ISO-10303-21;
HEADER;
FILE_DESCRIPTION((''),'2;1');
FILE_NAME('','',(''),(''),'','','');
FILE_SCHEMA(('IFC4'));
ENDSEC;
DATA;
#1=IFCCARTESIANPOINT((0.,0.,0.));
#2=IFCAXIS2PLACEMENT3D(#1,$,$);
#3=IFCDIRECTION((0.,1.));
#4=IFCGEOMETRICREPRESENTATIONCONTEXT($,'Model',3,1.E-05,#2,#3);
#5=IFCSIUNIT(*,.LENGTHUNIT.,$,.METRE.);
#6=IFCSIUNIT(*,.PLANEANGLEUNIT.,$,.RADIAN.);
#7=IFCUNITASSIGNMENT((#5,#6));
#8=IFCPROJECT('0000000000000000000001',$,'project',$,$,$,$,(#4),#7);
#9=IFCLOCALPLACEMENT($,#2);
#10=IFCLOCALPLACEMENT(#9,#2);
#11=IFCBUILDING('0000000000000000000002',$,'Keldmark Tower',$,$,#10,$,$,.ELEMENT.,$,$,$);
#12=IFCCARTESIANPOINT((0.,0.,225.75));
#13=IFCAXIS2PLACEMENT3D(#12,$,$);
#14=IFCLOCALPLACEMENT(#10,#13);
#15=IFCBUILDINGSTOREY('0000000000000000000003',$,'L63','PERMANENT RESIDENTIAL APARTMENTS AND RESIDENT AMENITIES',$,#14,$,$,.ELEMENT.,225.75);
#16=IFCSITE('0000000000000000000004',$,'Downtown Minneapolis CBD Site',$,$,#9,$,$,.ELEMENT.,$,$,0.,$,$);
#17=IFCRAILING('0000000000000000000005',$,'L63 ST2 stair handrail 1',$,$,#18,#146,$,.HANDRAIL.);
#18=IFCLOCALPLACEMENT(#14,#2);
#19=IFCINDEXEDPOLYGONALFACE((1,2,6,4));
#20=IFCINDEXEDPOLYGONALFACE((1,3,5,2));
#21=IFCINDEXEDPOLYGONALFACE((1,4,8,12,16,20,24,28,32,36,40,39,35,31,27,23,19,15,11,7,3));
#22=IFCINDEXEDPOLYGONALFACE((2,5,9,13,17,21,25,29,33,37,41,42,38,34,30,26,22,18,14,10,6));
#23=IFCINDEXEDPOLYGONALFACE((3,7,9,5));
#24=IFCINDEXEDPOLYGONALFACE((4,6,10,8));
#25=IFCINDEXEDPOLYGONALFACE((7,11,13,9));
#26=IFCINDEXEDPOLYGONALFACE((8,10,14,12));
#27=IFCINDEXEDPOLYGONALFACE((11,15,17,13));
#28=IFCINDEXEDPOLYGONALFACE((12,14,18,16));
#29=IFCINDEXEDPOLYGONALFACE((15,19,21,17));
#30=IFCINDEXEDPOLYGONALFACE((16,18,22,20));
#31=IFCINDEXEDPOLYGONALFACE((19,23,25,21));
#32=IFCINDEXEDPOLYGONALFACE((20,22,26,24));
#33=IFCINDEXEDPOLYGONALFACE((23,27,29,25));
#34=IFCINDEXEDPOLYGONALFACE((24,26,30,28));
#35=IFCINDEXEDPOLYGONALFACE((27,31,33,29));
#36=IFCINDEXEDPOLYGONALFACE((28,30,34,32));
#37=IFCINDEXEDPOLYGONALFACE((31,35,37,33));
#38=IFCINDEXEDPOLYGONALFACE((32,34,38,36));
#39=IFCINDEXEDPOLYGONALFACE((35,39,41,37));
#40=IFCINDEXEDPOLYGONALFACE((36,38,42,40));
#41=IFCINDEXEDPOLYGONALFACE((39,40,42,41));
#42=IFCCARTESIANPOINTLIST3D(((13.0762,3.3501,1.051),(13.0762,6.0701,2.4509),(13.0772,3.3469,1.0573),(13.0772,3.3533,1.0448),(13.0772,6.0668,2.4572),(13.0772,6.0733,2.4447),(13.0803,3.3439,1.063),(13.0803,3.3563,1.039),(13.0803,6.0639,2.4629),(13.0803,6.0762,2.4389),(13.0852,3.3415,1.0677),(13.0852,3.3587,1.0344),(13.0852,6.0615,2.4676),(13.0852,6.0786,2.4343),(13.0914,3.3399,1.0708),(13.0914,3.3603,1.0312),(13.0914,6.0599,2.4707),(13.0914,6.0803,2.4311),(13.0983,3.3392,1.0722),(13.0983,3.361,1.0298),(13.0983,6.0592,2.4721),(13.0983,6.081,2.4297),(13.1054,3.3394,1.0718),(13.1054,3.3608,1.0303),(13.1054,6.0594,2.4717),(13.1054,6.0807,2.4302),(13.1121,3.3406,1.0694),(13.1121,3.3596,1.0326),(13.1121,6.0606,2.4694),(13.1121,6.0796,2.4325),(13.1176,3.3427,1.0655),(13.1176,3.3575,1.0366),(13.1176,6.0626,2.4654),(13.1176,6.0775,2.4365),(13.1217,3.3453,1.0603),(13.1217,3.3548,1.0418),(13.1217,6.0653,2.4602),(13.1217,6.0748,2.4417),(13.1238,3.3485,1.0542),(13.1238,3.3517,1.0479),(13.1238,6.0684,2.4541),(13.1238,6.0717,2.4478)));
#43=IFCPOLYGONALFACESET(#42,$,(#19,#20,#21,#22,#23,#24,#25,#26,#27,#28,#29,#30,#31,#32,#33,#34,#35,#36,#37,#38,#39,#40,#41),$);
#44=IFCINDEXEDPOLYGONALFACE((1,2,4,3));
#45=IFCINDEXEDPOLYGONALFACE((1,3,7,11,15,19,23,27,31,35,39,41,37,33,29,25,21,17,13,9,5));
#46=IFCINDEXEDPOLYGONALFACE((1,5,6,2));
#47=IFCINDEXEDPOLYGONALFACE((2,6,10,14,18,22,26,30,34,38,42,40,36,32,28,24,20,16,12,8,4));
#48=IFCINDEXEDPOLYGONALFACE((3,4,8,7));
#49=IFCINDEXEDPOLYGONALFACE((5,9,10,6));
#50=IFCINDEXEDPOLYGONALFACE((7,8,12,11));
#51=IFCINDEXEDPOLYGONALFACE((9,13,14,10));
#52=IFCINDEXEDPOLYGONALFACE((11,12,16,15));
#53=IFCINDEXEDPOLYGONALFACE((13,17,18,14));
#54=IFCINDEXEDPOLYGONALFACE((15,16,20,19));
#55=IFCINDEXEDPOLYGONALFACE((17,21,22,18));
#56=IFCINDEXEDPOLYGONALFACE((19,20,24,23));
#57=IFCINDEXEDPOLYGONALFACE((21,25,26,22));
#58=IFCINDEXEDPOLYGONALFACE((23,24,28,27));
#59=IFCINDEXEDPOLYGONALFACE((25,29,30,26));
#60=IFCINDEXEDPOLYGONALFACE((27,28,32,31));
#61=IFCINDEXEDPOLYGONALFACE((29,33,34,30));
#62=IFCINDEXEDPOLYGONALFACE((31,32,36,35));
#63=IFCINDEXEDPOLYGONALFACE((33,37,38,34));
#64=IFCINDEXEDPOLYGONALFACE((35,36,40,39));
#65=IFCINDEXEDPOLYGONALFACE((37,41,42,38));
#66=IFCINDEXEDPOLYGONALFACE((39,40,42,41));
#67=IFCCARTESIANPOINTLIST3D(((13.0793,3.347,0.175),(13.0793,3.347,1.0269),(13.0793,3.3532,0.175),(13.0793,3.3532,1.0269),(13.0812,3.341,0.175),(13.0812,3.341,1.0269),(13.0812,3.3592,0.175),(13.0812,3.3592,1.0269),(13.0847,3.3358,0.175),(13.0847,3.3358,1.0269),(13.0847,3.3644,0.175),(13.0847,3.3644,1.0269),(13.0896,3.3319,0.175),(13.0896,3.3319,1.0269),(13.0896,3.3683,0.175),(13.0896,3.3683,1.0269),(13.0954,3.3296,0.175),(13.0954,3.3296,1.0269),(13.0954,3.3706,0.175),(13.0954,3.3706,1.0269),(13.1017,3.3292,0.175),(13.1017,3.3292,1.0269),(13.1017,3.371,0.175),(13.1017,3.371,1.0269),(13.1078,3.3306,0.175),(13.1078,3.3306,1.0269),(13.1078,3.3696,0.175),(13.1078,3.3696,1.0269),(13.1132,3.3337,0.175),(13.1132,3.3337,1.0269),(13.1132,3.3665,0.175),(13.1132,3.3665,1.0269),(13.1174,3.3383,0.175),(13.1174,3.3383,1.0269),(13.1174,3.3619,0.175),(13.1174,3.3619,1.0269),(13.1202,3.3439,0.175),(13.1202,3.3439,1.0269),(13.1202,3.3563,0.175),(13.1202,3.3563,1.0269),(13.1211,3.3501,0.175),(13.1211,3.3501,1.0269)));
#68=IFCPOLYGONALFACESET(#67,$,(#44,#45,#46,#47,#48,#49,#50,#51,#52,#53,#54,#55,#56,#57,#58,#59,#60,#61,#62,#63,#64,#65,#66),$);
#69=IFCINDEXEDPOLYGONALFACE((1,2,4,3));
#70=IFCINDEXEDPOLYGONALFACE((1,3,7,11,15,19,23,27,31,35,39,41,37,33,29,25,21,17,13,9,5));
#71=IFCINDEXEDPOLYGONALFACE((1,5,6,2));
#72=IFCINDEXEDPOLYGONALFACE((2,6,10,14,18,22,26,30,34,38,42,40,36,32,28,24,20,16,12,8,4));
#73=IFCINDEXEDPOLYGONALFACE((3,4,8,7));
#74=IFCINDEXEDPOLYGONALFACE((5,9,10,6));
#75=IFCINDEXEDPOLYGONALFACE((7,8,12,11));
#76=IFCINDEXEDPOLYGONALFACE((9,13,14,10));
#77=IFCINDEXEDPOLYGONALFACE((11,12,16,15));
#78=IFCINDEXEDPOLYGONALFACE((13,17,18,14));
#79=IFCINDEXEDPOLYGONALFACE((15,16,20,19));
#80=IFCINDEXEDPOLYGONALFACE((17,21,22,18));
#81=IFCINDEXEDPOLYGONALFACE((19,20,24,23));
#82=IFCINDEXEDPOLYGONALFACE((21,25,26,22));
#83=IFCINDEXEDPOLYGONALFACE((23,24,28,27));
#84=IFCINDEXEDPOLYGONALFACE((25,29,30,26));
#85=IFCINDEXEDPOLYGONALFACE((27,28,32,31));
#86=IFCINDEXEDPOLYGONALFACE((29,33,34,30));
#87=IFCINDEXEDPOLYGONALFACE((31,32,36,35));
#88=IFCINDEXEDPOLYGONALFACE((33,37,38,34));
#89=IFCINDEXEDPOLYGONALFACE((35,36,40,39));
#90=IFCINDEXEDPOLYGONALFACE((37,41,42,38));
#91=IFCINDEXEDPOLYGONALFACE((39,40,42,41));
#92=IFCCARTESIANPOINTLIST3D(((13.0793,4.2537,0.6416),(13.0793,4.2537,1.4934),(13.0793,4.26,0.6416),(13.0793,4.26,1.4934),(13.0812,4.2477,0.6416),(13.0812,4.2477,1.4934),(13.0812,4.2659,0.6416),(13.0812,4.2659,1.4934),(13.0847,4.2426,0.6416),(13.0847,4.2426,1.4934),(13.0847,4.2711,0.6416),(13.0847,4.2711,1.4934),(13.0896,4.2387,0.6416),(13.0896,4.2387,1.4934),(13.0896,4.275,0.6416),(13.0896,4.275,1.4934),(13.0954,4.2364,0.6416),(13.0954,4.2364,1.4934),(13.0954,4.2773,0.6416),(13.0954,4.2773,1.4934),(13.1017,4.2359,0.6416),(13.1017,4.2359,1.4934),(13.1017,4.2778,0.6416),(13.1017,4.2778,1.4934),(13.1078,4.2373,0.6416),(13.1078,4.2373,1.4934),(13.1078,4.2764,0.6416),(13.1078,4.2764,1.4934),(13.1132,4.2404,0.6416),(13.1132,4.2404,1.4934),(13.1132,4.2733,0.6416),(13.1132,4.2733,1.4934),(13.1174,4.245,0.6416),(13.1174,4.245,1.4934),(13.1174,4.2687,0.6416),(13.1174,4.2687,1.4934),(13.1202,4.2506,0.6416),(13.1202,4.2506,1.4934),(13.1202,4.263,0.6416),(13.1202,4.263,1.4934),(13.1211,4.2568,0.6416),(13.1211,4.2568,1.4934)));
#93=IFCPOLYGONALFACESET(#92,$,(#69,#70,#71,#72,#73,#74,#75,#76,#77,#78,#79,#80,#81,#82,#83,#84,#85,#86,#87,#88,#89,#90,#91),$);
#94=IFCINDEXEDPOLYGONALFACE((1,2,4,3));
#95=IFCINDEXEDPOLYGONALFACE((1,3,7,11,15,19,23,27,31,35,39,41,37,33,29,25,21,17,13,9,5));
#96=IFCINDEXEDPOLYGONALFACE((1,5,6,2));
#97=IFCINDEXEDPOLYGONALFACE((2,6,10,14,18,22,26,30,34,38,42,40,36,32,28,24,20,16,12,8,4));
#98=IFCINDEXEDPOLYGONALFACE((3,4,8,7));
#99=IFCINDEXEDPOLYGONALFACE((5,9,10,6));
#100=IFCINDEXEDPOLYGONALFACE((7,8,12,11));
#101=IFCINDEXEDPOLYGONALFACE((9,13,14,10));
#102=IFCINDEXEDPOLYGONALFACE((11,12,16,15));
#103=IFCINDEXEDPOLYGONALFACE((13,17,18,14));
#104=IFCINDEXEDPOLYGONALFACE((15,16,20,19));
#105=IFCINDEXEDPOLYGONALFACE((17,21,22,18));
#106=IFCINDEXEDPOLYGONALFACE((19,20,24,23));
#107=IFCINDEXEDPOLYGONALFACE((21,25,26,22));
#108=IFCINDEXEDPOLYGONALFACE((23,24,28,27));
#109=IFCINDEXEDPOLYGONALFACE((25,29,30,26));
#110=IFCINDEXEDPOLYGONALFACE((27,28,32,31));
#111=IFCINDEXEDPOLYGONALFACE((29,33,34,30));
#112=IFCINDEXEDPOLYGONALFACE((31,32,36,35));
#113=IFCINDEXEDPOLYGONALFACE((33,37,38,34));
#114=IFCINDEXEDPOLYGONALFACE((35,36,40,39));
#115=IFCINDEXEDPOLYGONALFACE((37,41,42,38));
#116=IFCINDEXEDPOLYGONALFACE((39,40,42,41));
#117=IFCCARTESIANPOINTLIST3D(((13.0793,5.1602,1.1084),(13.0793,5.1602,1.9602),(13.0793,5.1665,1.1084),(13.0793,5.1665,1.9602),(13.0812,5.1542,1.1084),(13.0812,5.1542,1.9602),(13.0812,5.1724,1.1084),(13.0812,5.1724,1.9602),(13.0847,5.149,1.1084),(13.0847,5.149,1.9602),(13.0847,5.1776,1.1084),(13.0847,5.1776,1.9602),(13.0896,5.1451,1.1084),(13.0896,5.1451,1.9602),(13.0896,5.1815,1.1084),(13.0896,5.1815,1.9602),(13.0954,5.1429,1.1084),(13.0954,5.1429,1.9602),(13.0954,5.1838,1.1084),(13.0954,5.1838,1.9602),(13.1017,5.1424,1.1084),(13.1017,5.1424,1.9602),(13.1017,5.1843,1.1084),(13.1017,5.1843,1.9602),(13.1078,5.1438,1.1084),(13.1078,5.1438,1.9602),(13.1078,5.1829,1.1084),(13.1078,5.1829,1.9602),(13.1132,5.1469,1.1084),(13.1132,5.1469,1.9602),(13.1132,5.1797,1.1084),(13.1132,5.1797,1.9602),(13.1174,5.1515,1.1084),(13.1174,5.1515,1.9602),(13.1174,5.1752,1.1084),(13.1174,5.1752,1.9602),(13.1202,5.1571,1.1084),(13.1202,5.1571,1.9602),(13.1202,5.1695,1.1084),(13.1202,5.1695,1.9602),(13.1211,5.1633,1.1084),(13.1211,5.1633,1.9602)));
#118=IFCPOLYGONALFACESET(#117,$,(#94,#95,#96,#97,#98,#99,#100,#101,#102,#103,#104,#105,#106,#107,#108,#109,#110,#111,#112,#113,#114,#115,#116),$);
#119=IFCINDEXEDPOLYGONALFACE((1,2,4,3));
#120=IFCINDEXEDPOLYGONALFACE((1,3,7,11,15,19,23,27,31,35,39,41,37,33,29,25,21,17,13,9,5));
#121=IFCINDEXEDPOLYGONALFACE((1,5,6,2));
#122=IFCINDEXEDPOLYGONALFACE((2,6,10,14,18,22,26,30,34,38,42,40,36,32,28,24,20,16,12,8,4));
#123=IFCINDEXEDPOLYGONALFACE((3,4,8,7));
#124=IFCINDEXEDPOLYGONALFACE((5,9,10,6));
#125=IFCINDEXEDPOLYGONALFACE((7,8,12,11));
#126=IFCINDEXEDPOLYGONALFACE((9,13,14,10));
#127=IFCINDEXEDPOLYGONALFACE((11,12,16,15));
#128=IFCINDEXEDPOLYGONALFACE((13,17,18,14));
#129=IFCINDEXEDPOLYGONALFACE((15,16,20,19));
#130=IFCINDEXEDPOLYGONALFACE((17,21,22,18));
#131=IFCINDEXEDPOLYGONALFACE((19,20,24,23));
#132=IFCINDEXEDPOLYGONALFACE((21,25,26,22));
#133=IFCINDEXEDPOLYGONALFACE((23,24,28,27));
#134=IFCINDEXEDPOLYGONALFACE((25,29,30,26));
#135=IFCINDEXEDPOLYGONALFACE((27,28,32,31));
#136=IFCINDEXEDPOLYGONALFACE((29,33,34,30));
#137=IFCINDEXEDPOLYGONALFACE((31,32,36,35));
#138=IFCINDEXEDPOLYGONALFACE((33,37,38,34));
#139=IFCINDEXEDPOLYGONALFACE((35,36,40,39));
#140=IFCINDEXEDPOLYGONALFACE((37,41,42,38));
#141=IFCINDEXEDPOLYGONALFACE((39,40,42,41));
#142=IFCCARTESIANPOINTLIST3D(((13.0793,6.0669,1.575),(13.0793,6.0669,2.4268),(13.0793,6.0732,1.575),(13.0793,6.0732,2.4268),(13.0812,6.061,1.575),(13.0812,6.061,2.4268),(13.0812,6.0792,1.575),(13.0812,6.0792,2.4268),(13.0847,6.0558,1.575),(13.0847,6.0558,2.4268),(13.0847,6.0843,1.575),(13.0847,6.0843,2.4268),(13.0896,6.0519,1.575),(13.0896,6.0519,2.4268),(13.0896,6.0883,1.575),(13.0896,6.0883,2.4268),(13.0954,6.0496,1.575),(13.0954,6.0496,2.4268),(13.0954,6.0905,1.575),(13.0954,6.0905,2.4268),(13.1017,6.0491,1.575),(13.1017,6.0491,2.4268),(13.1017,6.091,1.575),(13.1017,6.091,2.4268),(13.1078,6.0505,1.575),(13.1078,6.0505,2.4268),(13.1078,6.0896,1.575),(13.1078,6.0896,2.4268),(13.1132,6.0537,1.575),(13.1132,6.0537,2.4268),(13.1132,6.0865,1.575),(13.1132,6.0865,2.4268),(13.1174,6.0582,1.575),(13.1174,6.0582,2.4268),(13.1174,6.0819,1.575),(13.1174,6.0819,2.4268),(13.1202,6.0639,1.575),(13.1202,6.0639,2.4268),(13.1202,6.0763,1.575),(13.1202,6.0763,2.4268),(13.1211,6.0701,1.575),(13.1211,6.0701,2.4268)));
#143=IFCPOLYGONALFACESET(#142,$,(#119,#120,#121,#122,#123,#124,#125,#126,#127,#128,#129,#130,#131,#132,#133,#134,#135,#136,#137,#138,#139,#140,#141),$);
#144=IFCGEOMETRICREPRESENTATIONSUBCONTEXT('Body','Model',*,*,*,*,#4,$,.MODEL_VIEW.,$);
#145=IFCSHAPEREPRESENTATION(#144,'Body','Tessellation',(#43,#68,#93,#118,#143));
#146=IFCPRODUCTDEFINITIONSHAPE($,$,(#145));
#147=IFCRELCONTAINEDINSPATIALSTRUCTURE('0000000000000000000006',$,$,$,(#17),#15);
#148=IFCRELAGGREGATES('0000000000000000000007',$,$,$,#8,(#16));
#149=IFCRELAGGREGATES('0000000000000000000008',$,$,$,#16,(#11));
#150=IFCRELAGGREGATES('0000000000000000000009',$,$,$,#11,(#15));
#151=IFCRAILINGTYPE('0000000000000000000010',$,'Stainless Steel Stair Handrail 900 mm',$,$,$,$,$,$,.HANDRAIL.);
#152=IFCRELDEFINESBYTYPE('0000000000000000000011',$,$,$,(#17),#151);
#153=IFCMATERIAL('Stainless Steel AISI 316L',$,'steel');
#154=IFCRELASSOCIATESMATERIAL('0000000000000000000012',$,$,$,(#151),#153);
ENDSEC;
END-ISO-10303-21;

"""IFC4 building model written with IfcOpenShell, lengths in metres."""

from ifc_helpers import new_model, si_unit, direction, frame, origin, origin_2d, place, context, subcontext, project, spatial, circle, extrude, material, type_object, element, save


model = new_model("IFC4")

# Units and contexts
model_context = context("Model", 3, precision=1e-05, world=origin(), true_north=direction((0.0, 1.0)))
body_context = subcontext(model_context, "Body", "Model", "MODEL_VIEW")
ifc_project = project(units=[si_unit("LENGTHUNIT", "METRE"), si_unit("PLANEANGLEUNIT", "RADIAN")], contexts=[model_context])

# Site, building, storey
site_placement = place(None, origin())
site = spatial("IfcSite", under=ifc_project, at=site_placement, Name="Downtown Minneapolis CBD Site", CompositionType="ELEMENT", RefElevation=0.0)
building_placement = place(site_placement, origin())
building = spatial("IfcBuilding", under=site, at=building_placement, Name="Keldmark Tower", CompositionType="ELEMENT")
storey_placement = place(building_placement, frame((0.0, 0.0, 225.75)))
storey = spatial("IfcBuildingStorey", under=building, at=storey_placement, Name="L63", Description="PERMANENT RESIDENTIAL APARTMENTS AND RESIDENT AMENITIES", CompositionType="ELEMENT", Elevation=225.75)

# Railing
ifc_material_1 = material(Name="Stainless Steel AISI 316L", Category="steel")
railing_type_1 = type_object("IfcRailingType", Name="Stainless Steel Stair Handrail 900 mm", PredefinedType="HANDRAIL", material=ifc_material_1)
railing_1_placement = place(storey_placement, frame((13.1001, 3.3501, 0.175)))
element("IfcRailing", 1, at=railing_1_placement, inside=storey, type_object=railing_type_1, Name="L63 ST2 stair handrail 1", PredefinedType="HANDRAIL", context=body_context, shape_type="SweptSolid", body=[
    extrude(circle(Radius=0.0239, at=origin_2d()), frame((0.0, 0.0, 0.876), z_axis=(0.0, 0.889147, 0.457622), x_axis=(-1.0, 0.0, 0.0)), (0.0, 0.0, 1.0), 3.0591),
    extrude(circle(Radius=0.021, at=origin_2d()), origin(), (0.0, 0.0, 1.0), 0.8518),
    extrude(circle(Radius=0.021, at=origin_2d()), frame((0.0, 0.9067, 0.4666)), (0.0, 0.0, 1.0), 0.8518),
    extrude(circle(Radius=0.021, at=origin_2d()), frame((0.0, 1.8132, 0.9333)), (0.0, 0.0, 1.0), 0.8518),
    extrude(circle(Radius=0.021, at=origin_2d()), frame((0.0, 2.72, 1.3999)), (0.0, 0.0, 1.0), 0.8518),
])

save(model, "model.ifc")
